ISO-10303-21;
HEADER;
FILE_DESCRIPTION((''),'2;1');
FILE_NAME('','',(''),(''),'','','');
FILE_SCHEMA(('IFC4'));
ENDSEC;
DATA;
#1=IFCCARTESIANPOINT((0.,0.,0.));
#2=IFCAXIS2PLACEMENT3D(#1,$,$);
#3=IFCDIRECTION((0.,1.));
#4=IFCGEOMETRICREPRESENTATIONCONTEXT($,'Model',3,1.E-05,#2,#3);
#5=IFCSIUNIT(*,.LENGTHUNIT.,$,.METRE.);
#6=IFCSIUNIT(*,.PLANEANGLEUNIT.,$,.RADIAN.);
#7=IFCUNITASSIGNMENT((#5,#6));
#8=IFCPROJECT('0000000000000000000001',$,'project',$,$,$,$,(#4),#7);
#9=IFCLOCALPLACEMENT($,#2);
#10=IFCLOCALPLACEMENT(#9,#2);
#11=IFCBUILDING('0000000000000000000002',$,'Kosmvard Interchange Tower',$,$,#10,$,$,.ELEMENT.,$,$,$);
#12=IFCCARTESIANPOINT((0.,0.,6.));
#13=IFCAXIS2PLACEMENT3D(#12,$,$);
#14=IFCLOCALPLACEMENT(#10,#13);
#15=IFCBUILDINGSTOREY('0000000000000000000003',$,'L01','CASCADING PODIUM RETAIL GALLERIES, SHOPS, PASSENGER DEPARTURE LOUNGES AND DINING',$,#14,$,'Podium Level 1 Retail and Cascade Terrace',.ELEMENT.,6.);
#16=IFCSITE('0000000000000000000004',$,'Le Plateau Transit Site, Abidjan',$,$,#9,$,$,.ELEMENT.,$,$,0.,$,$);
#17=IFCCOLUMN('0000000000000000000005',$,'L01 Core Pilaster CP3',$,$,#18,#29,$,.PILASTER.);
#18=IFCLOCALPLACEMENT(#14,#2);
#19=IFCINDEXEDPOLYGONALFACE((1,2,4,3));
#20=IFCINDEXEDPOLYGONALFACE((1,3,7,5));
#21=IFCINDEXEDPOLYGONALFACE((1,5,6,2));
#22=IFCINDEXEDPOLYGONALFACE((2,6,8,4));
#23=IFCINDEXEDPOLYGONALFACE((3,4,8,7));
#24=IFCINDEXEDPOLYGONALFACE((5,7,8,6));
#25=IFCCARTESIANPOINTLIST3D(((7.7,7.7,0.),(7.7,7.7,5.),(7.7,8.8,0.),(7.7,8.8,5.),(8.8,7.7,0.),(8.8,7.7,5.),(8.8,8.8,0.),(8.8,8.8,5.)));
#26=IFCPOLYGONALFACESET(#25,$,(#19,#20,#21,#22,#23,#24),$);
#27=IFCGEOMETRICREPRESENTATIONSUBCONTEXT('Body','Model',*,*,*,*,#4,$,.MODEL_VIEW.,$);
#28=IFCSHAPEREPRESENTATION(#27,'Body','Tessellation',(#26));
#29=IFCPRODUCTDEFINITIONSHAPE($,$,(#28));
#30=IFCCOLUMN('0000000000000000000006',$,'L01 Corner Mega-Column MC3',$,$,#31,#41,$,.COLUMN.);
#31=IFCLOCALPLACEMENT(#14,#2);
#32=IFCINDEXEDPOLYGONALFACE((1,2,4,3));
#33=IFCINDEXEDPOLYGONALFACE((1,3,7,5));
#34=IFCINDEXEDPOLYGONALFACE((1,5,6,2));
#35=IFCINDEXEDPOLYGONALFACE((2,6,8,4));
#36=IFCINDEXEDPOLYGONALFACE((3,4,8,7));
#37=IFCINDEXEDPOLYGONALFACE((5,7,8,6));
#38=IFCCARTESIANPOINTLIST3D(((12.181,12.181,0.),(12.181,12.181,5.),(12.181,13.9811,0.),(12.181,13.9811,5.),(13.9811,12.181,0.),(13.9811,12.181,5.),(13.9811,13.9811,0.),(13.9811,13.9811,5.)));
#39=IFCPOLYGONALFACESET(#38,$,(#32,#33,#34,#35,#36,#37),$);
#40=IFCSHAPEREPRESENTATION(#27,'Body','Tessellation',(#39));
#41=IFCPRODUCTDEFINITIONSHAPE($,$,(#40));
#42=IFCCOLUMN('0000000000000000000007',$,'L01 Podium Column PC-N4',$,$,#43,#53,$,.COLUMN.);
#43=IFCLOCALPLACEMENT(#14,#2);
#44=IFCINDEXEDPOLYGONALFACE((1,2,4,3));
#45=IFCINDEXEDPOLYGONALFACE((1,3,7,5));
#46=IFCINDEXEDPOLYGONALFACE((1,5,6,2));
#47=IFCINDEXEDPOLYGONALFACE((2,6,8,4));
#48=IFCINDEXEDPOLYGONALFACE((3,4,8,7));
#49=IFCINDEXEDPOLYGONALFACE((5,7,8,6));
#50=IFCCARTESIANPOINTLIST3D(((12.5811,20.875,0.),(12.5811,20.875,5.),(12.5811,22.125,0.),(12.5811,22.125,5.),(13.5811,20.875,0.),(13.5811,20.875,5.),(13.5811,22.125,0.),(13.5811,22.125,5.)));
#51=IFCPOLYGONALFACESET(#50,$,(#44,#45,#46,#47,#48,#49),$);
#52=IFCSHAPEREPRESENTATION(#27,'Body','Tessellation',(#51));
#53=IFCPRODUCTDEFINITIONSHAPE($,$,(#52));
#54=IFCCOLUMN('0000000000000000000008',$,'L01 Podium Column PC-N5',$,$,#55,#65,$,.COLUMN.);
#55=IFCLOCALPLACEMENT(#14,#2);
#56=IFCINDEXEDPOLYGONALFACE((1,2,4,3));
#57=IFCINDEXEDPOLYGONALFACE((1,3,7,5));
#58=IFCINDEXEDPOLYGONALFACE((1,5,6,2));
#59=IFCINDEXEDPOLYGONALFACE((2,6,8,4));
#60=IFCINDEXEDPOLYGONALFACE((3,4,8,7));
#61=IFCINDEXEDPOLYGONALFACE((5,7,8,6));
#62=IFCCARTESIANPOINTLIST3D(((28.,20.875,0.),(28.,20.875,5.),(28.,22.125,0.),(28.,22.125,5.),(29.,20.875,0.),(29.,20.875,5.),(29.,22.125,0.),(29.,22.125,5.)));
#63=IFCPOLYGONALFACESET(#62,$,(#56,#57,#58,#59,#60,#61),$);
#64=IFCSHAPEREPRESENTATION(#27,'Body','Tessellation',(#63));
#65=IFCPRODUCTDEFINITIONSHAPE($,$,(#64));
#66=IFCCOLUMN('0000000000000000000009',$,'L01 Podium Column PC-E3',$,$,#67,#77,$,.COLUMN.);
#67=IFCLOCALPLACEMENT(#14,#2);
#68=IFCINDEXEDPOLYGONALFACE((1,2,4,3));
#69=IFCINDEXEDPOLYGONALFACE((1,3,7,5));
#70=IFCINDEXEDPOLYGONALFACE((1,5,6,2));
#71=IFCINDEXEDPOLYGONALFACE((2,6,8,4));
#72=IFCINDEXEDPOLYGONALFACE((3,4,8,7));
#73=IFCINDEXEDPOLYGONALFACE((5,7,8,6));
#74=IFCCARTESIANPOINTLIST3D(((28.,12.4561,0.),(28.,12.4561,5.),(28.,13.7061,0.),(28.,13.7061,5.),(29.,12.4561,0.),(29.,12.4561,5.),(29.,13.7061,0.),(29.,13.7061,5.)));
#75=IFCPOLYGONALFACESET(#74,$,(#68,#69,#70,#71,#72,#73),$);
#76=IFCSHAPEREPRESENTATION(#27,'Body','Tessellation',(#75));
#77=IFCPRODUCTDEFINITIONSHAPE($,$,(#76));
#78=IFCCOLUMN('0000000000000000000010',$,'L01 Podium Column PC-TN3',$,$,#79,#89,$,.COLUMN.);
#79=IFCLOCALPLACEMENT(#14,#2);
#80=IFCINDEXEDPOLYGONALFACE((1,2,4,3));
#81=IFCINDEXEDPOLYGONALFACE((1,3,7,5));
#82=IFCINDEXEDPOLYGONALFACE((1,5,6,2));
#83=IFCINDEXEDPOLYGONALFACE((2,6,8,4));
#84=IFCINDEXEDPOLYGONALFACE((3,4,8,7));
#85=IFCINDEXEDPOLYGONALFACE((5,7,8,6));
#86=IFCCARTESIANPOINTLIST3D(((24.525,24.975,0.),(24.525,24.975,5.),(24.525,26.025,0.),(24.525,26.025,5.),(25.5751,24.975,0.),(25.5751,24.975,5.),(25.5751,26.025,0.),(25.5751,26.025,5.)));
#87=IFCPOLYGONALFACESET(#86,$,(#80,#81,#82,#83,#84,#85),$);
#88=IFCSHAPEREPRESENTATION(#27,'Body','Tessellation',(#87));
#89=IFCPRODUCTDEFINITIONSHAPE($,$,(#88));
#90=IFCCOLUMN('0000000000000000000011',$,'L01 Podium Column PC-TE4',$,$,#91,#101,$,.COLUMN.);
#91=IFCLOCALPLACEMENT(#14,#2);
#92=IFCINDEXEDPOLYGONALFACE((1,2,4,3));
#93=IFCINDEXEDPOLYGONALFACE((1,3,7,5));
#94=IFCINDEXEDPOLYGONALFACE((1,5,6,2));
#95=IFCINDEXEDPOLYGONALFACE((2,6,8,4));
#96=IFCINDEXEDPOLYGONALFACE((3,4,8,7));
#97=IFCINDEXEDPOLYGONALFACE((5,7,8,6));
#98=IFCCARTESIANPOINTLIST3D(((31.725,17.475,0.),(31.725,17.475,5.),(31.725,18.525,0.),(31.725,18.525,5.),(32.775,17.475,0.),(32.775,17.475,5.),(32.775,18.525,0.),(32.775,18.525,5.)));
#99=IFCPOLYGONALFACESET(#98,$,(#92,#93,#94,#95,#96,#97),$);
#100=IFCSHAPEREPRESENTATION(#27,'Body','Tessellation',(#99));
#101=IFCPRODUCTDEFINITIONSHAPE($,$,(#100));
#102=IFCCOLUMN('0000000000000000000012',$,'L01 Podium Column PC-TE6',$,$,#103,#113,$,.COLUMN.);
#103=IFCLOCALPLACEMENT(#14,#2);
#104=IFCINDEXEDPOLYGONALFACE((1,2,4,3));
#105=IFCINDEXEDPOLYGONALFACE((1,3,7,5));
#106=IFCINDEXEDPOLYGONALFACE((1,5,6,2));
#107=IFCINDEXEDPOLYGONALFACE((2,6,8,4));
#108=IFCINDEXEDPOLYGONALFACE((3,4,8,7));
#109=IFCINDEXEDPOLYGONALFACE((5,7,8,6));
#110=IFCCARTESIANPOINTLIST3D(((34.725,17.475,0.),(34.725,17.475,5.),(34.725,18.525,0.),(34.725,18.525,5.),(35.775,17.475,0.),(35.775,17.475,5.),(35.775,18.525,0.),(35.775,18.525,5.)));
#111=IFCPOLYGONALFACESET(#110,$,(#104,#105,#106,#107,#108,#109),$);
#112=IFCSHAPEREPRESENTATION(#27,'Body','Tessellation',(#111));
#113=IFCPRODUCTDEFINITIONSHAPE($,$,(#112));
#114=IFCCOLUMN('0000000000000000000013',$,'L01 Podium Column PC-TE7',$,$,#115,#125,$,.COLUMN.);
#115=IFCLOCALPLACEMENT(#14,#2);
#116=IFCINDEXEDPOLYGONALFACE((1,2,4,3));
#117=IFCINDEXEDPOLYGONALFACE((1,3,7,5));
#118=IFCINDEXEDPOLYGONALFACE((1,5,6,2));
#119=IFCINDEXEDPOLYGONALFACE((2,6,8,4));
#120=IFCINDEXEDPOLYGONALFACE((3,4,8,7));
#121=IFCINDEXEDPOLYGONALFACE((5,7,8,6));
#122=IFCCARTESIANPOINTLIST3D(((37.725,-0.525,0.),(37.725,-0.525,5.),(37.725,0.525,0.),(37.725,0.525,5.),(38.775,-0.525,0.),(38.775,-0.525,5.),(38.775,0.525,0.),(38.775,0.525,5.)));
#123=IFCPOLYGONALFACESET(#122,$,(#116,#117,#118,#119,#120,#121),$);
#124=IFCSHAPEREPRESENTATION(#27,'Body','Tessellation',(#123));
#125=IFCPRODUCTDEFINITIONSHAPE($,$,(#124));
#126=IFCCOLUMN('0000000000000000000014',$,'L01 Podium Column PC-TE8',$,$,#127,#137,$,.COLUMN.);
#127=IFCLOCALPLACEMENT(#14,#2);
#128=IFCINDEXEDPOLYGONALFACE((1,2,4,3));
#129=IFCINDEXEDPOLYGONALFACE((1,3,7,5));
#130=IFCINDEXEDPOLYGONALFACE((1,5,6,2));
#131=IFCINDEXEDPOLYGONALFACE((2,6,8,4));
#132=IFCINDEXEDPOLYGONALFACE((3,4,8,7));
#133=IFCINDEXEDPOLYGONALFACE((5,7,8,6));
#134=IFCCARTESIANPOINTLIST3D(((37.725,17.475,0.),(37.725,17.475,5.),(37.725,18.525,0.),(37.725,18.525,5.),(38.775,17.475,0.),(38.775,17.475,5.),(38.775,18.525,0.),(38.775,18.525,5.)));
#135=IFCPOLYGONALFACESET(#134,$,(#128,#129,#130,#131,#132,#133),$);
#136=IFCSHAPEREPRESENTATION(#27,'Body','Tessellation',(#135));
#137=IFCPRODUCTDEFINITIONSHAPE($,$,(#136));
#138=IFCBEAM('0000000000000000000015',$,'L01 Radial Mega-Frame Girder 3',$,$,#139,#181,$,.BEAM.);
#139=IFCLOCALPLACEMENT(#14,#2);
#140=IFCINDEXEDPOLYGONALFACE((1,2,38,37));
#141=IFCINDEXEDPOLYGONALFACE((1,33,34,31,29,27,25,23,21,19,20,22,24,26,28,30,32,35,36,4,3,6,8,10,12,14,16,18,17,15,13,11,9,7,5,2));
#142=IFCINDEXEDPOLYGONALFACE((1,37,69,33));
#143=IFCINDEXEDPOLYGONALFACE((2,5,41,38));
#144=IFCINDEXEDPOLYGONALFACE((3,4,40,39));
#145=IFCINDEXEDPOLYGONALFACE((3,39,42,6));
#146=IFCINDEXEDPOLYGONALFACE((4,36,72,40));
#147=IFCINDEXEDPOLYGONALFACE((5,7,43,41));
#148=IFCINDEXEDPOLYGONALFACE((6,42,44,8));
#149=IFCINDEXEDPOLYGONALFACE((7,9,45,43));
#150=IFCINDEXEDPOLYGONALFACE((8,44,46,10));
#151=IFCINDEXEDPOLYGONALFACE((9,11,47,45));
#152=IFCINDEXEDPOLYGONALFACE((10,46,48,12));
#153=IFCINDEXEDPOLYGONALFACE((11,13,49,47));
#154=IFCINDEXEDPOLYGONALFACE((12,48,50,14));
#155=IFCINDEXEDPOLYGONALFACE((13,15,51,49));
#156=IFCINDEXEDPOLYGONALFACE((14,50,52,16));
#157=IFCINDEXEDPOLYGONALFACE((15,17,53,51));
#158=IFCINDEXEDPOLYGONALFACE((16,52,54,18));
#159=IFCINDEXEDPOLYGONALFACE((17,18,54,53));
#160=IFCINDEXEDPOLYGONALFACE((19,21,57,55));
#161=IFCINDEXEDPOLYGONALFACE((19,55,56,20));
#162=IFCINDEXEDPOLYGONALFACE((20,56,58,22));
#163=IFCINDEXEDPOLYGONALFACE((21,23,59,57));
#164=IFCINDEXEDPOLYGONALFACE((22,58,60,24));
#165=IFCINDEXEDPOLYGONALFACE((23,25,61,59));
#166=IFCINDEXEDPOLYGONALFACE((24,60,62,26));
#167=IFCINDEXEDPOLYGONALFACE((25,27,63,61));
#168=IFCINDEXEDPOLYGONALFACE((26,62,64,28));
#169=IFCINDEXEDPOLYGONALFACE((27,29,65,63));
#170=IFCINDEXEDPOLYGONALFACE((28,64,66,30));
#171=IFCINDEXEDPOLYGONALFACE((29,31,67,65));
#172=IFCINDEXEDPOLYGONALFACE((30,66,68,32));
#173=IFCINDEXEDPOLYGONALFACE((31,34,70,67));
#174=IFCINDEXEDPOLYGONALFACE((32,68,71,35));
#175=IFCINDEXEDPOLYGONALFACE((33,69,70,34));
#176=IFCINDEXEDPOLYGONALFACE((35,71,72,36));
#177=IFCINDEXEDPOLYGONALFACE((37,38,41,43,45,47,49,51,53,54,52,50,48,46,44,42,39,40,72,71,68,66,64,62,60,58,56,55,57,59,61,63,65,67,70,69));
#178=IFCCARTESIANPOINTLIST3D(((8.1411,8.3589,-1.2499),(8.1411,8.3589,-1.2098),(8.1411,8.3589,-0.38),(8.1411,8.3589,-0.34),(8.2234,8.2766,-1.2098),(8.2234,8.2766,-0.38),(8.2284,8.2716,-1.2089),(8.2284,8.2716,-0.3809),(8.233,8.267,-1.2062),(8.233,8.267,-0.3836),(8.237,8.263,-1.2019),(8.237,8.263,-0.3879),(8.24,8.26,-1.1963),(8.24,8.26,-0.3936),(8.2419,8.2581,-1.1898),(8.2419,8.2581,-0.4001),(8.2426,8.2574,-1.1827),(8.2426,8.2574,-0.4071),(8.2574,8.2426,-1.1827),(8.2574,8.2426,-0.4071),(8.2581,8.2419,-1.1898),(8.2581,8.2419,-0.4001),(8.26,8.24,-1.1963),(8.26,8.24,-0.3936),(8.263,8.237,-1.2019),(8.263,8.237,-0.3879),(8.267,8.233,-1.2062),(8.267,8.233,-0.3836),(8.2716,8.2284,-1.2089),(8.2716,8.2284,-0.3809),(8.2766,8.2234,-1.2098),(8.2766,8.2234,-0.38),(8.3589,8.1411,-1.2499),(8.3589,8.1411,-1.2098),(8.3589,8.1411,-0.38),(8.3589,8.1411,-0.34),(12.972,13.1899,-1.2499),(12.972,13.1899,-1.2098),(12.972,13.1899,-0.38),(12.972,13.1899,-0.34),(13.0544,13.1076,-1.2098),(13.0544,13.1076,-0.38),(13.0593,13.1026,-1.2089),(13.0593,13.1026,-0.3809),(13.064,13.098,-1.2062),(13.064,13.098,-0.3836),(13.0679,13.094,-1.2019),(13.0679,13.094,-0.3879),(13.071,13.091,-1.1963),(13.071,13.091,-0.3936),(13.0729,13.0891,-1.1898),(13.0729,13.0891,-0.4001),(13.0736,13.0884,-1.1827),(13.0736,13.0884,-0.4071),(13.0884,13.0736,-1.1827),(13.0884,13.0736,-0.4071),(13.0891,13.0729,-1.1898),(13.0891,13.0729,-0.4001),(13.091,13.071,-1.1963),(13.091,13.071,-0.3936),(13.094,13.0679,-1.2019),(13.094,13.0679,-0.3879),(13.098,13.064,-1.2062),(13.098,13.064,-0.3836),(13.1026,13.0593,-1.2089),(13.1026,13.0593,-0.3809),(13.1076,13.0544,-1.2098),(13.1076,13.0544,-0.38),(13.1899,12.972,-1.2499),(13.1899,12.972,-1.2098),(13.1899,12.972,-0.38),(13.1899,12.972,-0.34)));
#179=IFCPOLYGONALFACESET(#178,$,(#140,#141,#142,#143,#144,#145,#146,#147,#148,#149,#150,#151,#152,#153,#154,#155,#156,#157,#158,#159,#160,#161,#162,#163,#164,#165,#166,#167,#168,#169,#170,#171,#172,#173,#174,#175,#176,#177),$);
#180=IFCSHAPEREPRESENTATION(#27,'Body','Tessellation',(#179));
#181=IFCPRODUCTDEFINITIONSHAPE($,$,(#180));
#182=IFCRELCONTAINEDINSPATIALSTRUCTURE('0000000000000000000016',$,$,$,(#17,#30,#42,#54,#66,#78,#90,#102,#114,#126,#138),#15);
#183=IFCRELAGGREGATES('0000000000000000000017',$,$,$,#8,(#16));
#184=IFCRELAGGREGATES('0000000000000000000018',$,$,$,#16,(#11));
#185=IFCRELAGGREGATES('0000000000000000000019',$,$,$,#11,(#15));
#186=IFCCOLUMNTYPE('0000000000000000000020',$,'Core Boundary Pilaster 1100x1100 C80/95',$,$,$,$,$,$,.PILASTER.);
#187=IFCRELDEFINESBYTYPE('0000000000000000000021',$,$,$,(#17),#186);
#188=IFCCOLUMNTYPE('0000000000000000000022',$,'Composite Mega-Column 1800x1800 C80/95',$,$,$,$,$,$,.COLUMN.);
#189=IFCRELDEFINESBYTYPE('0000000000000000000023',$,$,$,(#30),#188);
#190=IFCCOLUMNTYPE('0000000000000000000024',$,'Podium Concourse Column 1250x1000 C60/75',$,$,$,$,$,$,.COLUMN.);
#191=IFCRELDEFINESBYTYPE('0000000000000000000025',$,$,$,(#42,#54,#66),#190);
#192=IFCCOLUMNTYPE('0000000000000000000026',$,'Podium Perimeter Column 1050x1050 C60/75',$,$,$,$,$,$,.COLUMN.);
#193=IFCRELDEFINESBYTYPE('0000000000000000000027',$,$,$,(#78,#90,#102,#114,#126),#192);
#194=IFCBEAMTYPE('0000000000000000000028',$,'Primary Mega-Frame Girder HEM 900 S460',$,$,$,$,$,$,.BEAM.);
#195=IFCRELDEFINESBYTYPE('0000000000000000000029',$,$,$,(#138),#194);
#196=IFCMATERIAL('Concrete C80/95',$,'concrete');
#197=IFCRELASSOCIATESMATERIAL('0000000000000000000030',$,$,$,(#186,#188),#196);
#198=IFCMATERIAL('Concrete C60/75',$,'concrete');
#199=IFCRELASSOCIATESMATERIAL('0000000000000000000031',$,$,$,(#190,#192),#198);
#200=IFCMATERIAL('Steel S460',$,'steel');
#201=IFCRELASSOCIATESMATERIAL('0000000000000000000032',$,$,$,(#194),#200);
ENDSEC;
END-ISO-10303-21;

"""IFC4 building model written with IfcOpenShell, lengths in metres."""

from ifc_helpers import new_model, si_unit, direction, frame, origin, origin_2d, place, context, subcontext, project, spatial, rectangle, i_section, extrude, source, transform, mapped, material, material_profile, profile_set, type_object, element, save


model = new_model("IFC4")

# Units and contexts
model_context = context("Model", 3, precision=1e-05, world=origin(), true_north=direction((0.0, 1.0)))
body_context = subcontext(model_context, "Body", "Model", "MODEL_VIEW")
ifc_project = project(units=[si_unit("LENGTHUNIT", "METRE"), si_unit("PLANEANGLEUNIT", "RADIAN")], contexts=[model_context])

# Site, building, storey
site_placement = place(None, origin())
site = spatial("IfcSite", under=ifc_project, at=site_placement, Name="Le Plateau Transit Site, Abidjan", CompositionType="ELEMENT", RefElevation=0.0)
building_placement = place(site_placement, origin())
building = spatial("IfcBuilding", under=site, at=building_placement, Name="Kosmvard Interchange Tower", CompositionType="ELEMENT")
storey_placement = place(building_placement, frame((0.0, 0.0, 6.0)))
storey = spatial("IfcBuildingStorey", under=building, at=storey_placement, Name="L01", Description="CASCADING PODIUM RETAIL GALLERIES, SHOPS, PASSENGER DEPARTURE LOUNGES AND DINING", LongName="Podium Level 1 Retail and Cascade Terrace", CompositionType="ELEMENT", Elevation=6.0)

# Columns
ifc_material_1 = material(Name="Concrete C80/95", Category="concrete")
ifc_material_profile_1 = material_profile(ifc_material_1, rectangle(XDim=1.1001, YDim=1.1001, at=origin_2d()), Name="CP 1100x1100")
ifc_profile_set_1 = profile_set([ifc_material_profile_1], Name="Concrete C80/95")
column_type_1 = type_object("IfcColumnType", Name="Core Boundary Pilaster 1100x1100 C80/95", PredefinedType="PILASTER", material=ifc_profile_set_1)
shared_shape_1 = source(origin(), body_context, "Body", "SweptSolid", [
    extrude(rectangle(XDim=1.1001, YDim=1.1001, at=origin_2d()), origin(), (0.0, 0.0, 1.0), 5.0),
])
column_1_placement = place(storey_placement, frame((8.25, 8.25, 0.0), z_axis=(0.0, 0.0, 1.0), x_axis=(1.0, 0.0, 0.0)))
element("IfcColumn", 1, at=column_1_placement, inside=storey, type_object=column_type_1, Name="L01 Core Pilaster CP3", PredefinedType="PILASTER", context=body_context, shape_type="MappedRepresentation", body=[
    mapped(shared_shape_1, transform((0.0, 0.0, 0.0), scale=1.0)),
])
ifc_material_profile_2 = material_profile(ifc_material_1, rectangle(XDim=1.8, YDim=1.8, at=origin_2d()), Name="MC 1800x1800")
ifc_profile_set_2 = profile_set([ifc_material_profile_2], Name="Concrete C80/95")
column_type_2 = type_object("IfcColumnType", Name="Composite Mega-Column 1800x1800 C80/95", PredefinedType="COLUMN", material=ifc_profile_set_2)
shared_shape_2 = source(origin(), body_context, "Body", "SweptSolid", [
    extrude(rectangle(XDim=1.8, YDim=1.8, at=origin_2d()), origin(), (0.0, 0.0, 1.0), 5.0),
])
column_2_placement = place(storey_placement, frame((13.0811, 13.0811, 0.0), z_axis=(0.0, 0.0, 1.0), x_axis=(1.0, 0.0, 0.0)))
element("IfcColumn", 2, at=column_2_placement, inside=storey, type_object=column_type_2, Name="L01 Corner Mega-Column MC3", PredefinedType="COLUMN", context=body_context, shape_type="MappedRepresentation", body=[
    mapped(shared_shape_2, transform((0.0, 0.0, 0.0), scale=1.0)),
])
ifc_material_2 = material(Name="Concrete C60/75", Category="concrete")
ifc_material_profile_3 = material_profile(ifc_material_2, rectangle(XDim=1.0, YDim=1.25, at=origin_2d()), Name="PC 1250x1000")
ifc_profile_set_3 = profile_set([ifc_material_profile_3], Name="Concrete C60/75")
column_type_3 = type_object("IfcColumnType", Name="Podium Concourse Column 1250x1000 C60/75", PredefinedType="COLUMN", material=ifc_profile_set_3)
shared_shape_3 = source(origin(), body_context, "Body", "SweptSolid", [
    extrude(rectangle(XDim=1.0, YDim=1.25, at=origin_2d()), origin(), (0.0, 0.0, 1.0), 5.0),
])
for number, where, z_axis, x_axis, name in (
    (3, (13.0811, 21.5, 0.0), (0.0, 0.0, 1.0), (1.0, 0.0, 0.0), "L01 Podium Column PC-N4"),
    (4, (28.5, 21.5, 0.0), (0.0, 0.0, 1.0), (1.0, 0.0, 0.0), "L01 Podium Column PC-N5"),
    (5, (28.5, 13.0811, 0.0), (0.0, 0.0, 1.0), (1.0, 0.0, 0.0), "L01 Podium Column PC-E3"),
):
    element("IfcColumn", number, at=place(storey_placement, frame(where, z_axis=z_axis, x_axis=x_axis)), inside=storey, type_object=column_type_3, Name=name, PredefinedType="COLUMN", context=body_context, shape_type="MappedRepresentation", body=[
        mapped(shared_shape_3, transform((0.0, 0.0, 0.0), scale=1.0)),
    ])
ifc_material_profile_4 = material_profile(ifc_material_2, rectangle(XDim=1.05, YDim=1.05, at=origin_2d()), Name="PC 1050x1050")
ifc_profile_set_4 = profile_set([ifc_material_profile_4], Name="Concrete C60/75")
column_type_4 = type_object("IfcColumnType", Name="Podium Perimeter Column 1050x1050 C60/75", PredefinedType="COLUMN", material=ifc_profile_set_4)
shared_shape_4 = source(origin(), body_context, "Body", "SweptSolid", [
    extrude(rectangle(XDim=1.05, YDim=1.05, at=origin_2d()), origin(), (0.0, 0.0, 1.0), 5.0),
])
for number, where, z_axis, x_axis, name in (
    (6, (25.05, 25.5, 0.0), (0.0, 0.0, 1.0), (1.0, 0.0, 0.0), "L01 Podium Column PC-TN3"),
    (7, (32.25, 18.0, 0.0), (0.0, 0.0, 1.0), (1.0, 0.0, 0.0), "L01 Podium Column PC-TE4"),
    (8, (35.25, 18.0, 0.0), (0.0, 0.0, 1.0), (1.0, 0.0, 0.0), "L01 Podium Column PC-TE6"),
    (9, (38.25, 0.0, 0.0), (0.0, 0.0, 1.0), (1.0, 0.0, 0.0), "L01 Podium Column PC-TE7"),
    (10, (38.25, 18.0, 0.0), (0.0, 0.0, 1.0), (1.0, 0.0, 0.0), "L01 Podium Column PC-TE8"),
):
    element("IfcColumn", number, at=place(storey_placement, frame(where, z_axis=z_axis, x_axis=x_axis)), inside=storey, type_object=column_type_4, Name=name, PredefinedType="COLUMN", context=body_context, shape_type="MappedRepresentation", body=[
        mapped(shared_shape_4, transform((0.0, 0.0, 0.0), scale=1.0)),
    ])

# Beam
ifc_material_3 = material(Name="Steel S460", Category="steel")
ifc_material_profile_5 = material_profile(ifc_material_3, i_section(OverallWidth=0.3081, OverallDepth=0.9099, WebThickness=0.021, FlangeThickness=0.04, FilletRadius=0.0271, at=origin_2d()), Name="HEM 900")
ifc_profile_set_5 = profile_set([ifc_material_profile_5], Name="Steel S460")
beam_type_1 = type_object("IfcBeamType", Name="Primary Mega-Frame Girder HEM 900 S460", PredefinedType="BEAM", material=ifc_profile_set_5)
shared_shape_5 = source(origin(), body_context, "Body", "SweptSolid", [
    extrude(i_section(OverallWidth=0.3081, OverallDepth=0.9099, WebThickness=0.021, FlangeThickness=0.04, FilletRadius=0.0271, at=origin_2d()), origin(), (0.0, 0.0, 1.0), 6.832),
])
beam_1_placement = place(storey_placement, frame((8.25, 8.25, -0.7949), z_axis=(0.707107, 0.707107, 0.0), x_axis=(-0.707107, 0.707107, 0.0)))
element("IfcBeam", 11, at=beam_1_placement, inside=storey, type_object=beam_type_1, Name="L01 Radial Mega-Frame Girder 3", PredefinedType="BEAM", context=body_context, shape_type="MappedRepresentation", body=[
    mapped(shared_shape_5, transform((0.0, 0.0, 0.0), scale=1.0)),
])

save(model, "model.ifc")
